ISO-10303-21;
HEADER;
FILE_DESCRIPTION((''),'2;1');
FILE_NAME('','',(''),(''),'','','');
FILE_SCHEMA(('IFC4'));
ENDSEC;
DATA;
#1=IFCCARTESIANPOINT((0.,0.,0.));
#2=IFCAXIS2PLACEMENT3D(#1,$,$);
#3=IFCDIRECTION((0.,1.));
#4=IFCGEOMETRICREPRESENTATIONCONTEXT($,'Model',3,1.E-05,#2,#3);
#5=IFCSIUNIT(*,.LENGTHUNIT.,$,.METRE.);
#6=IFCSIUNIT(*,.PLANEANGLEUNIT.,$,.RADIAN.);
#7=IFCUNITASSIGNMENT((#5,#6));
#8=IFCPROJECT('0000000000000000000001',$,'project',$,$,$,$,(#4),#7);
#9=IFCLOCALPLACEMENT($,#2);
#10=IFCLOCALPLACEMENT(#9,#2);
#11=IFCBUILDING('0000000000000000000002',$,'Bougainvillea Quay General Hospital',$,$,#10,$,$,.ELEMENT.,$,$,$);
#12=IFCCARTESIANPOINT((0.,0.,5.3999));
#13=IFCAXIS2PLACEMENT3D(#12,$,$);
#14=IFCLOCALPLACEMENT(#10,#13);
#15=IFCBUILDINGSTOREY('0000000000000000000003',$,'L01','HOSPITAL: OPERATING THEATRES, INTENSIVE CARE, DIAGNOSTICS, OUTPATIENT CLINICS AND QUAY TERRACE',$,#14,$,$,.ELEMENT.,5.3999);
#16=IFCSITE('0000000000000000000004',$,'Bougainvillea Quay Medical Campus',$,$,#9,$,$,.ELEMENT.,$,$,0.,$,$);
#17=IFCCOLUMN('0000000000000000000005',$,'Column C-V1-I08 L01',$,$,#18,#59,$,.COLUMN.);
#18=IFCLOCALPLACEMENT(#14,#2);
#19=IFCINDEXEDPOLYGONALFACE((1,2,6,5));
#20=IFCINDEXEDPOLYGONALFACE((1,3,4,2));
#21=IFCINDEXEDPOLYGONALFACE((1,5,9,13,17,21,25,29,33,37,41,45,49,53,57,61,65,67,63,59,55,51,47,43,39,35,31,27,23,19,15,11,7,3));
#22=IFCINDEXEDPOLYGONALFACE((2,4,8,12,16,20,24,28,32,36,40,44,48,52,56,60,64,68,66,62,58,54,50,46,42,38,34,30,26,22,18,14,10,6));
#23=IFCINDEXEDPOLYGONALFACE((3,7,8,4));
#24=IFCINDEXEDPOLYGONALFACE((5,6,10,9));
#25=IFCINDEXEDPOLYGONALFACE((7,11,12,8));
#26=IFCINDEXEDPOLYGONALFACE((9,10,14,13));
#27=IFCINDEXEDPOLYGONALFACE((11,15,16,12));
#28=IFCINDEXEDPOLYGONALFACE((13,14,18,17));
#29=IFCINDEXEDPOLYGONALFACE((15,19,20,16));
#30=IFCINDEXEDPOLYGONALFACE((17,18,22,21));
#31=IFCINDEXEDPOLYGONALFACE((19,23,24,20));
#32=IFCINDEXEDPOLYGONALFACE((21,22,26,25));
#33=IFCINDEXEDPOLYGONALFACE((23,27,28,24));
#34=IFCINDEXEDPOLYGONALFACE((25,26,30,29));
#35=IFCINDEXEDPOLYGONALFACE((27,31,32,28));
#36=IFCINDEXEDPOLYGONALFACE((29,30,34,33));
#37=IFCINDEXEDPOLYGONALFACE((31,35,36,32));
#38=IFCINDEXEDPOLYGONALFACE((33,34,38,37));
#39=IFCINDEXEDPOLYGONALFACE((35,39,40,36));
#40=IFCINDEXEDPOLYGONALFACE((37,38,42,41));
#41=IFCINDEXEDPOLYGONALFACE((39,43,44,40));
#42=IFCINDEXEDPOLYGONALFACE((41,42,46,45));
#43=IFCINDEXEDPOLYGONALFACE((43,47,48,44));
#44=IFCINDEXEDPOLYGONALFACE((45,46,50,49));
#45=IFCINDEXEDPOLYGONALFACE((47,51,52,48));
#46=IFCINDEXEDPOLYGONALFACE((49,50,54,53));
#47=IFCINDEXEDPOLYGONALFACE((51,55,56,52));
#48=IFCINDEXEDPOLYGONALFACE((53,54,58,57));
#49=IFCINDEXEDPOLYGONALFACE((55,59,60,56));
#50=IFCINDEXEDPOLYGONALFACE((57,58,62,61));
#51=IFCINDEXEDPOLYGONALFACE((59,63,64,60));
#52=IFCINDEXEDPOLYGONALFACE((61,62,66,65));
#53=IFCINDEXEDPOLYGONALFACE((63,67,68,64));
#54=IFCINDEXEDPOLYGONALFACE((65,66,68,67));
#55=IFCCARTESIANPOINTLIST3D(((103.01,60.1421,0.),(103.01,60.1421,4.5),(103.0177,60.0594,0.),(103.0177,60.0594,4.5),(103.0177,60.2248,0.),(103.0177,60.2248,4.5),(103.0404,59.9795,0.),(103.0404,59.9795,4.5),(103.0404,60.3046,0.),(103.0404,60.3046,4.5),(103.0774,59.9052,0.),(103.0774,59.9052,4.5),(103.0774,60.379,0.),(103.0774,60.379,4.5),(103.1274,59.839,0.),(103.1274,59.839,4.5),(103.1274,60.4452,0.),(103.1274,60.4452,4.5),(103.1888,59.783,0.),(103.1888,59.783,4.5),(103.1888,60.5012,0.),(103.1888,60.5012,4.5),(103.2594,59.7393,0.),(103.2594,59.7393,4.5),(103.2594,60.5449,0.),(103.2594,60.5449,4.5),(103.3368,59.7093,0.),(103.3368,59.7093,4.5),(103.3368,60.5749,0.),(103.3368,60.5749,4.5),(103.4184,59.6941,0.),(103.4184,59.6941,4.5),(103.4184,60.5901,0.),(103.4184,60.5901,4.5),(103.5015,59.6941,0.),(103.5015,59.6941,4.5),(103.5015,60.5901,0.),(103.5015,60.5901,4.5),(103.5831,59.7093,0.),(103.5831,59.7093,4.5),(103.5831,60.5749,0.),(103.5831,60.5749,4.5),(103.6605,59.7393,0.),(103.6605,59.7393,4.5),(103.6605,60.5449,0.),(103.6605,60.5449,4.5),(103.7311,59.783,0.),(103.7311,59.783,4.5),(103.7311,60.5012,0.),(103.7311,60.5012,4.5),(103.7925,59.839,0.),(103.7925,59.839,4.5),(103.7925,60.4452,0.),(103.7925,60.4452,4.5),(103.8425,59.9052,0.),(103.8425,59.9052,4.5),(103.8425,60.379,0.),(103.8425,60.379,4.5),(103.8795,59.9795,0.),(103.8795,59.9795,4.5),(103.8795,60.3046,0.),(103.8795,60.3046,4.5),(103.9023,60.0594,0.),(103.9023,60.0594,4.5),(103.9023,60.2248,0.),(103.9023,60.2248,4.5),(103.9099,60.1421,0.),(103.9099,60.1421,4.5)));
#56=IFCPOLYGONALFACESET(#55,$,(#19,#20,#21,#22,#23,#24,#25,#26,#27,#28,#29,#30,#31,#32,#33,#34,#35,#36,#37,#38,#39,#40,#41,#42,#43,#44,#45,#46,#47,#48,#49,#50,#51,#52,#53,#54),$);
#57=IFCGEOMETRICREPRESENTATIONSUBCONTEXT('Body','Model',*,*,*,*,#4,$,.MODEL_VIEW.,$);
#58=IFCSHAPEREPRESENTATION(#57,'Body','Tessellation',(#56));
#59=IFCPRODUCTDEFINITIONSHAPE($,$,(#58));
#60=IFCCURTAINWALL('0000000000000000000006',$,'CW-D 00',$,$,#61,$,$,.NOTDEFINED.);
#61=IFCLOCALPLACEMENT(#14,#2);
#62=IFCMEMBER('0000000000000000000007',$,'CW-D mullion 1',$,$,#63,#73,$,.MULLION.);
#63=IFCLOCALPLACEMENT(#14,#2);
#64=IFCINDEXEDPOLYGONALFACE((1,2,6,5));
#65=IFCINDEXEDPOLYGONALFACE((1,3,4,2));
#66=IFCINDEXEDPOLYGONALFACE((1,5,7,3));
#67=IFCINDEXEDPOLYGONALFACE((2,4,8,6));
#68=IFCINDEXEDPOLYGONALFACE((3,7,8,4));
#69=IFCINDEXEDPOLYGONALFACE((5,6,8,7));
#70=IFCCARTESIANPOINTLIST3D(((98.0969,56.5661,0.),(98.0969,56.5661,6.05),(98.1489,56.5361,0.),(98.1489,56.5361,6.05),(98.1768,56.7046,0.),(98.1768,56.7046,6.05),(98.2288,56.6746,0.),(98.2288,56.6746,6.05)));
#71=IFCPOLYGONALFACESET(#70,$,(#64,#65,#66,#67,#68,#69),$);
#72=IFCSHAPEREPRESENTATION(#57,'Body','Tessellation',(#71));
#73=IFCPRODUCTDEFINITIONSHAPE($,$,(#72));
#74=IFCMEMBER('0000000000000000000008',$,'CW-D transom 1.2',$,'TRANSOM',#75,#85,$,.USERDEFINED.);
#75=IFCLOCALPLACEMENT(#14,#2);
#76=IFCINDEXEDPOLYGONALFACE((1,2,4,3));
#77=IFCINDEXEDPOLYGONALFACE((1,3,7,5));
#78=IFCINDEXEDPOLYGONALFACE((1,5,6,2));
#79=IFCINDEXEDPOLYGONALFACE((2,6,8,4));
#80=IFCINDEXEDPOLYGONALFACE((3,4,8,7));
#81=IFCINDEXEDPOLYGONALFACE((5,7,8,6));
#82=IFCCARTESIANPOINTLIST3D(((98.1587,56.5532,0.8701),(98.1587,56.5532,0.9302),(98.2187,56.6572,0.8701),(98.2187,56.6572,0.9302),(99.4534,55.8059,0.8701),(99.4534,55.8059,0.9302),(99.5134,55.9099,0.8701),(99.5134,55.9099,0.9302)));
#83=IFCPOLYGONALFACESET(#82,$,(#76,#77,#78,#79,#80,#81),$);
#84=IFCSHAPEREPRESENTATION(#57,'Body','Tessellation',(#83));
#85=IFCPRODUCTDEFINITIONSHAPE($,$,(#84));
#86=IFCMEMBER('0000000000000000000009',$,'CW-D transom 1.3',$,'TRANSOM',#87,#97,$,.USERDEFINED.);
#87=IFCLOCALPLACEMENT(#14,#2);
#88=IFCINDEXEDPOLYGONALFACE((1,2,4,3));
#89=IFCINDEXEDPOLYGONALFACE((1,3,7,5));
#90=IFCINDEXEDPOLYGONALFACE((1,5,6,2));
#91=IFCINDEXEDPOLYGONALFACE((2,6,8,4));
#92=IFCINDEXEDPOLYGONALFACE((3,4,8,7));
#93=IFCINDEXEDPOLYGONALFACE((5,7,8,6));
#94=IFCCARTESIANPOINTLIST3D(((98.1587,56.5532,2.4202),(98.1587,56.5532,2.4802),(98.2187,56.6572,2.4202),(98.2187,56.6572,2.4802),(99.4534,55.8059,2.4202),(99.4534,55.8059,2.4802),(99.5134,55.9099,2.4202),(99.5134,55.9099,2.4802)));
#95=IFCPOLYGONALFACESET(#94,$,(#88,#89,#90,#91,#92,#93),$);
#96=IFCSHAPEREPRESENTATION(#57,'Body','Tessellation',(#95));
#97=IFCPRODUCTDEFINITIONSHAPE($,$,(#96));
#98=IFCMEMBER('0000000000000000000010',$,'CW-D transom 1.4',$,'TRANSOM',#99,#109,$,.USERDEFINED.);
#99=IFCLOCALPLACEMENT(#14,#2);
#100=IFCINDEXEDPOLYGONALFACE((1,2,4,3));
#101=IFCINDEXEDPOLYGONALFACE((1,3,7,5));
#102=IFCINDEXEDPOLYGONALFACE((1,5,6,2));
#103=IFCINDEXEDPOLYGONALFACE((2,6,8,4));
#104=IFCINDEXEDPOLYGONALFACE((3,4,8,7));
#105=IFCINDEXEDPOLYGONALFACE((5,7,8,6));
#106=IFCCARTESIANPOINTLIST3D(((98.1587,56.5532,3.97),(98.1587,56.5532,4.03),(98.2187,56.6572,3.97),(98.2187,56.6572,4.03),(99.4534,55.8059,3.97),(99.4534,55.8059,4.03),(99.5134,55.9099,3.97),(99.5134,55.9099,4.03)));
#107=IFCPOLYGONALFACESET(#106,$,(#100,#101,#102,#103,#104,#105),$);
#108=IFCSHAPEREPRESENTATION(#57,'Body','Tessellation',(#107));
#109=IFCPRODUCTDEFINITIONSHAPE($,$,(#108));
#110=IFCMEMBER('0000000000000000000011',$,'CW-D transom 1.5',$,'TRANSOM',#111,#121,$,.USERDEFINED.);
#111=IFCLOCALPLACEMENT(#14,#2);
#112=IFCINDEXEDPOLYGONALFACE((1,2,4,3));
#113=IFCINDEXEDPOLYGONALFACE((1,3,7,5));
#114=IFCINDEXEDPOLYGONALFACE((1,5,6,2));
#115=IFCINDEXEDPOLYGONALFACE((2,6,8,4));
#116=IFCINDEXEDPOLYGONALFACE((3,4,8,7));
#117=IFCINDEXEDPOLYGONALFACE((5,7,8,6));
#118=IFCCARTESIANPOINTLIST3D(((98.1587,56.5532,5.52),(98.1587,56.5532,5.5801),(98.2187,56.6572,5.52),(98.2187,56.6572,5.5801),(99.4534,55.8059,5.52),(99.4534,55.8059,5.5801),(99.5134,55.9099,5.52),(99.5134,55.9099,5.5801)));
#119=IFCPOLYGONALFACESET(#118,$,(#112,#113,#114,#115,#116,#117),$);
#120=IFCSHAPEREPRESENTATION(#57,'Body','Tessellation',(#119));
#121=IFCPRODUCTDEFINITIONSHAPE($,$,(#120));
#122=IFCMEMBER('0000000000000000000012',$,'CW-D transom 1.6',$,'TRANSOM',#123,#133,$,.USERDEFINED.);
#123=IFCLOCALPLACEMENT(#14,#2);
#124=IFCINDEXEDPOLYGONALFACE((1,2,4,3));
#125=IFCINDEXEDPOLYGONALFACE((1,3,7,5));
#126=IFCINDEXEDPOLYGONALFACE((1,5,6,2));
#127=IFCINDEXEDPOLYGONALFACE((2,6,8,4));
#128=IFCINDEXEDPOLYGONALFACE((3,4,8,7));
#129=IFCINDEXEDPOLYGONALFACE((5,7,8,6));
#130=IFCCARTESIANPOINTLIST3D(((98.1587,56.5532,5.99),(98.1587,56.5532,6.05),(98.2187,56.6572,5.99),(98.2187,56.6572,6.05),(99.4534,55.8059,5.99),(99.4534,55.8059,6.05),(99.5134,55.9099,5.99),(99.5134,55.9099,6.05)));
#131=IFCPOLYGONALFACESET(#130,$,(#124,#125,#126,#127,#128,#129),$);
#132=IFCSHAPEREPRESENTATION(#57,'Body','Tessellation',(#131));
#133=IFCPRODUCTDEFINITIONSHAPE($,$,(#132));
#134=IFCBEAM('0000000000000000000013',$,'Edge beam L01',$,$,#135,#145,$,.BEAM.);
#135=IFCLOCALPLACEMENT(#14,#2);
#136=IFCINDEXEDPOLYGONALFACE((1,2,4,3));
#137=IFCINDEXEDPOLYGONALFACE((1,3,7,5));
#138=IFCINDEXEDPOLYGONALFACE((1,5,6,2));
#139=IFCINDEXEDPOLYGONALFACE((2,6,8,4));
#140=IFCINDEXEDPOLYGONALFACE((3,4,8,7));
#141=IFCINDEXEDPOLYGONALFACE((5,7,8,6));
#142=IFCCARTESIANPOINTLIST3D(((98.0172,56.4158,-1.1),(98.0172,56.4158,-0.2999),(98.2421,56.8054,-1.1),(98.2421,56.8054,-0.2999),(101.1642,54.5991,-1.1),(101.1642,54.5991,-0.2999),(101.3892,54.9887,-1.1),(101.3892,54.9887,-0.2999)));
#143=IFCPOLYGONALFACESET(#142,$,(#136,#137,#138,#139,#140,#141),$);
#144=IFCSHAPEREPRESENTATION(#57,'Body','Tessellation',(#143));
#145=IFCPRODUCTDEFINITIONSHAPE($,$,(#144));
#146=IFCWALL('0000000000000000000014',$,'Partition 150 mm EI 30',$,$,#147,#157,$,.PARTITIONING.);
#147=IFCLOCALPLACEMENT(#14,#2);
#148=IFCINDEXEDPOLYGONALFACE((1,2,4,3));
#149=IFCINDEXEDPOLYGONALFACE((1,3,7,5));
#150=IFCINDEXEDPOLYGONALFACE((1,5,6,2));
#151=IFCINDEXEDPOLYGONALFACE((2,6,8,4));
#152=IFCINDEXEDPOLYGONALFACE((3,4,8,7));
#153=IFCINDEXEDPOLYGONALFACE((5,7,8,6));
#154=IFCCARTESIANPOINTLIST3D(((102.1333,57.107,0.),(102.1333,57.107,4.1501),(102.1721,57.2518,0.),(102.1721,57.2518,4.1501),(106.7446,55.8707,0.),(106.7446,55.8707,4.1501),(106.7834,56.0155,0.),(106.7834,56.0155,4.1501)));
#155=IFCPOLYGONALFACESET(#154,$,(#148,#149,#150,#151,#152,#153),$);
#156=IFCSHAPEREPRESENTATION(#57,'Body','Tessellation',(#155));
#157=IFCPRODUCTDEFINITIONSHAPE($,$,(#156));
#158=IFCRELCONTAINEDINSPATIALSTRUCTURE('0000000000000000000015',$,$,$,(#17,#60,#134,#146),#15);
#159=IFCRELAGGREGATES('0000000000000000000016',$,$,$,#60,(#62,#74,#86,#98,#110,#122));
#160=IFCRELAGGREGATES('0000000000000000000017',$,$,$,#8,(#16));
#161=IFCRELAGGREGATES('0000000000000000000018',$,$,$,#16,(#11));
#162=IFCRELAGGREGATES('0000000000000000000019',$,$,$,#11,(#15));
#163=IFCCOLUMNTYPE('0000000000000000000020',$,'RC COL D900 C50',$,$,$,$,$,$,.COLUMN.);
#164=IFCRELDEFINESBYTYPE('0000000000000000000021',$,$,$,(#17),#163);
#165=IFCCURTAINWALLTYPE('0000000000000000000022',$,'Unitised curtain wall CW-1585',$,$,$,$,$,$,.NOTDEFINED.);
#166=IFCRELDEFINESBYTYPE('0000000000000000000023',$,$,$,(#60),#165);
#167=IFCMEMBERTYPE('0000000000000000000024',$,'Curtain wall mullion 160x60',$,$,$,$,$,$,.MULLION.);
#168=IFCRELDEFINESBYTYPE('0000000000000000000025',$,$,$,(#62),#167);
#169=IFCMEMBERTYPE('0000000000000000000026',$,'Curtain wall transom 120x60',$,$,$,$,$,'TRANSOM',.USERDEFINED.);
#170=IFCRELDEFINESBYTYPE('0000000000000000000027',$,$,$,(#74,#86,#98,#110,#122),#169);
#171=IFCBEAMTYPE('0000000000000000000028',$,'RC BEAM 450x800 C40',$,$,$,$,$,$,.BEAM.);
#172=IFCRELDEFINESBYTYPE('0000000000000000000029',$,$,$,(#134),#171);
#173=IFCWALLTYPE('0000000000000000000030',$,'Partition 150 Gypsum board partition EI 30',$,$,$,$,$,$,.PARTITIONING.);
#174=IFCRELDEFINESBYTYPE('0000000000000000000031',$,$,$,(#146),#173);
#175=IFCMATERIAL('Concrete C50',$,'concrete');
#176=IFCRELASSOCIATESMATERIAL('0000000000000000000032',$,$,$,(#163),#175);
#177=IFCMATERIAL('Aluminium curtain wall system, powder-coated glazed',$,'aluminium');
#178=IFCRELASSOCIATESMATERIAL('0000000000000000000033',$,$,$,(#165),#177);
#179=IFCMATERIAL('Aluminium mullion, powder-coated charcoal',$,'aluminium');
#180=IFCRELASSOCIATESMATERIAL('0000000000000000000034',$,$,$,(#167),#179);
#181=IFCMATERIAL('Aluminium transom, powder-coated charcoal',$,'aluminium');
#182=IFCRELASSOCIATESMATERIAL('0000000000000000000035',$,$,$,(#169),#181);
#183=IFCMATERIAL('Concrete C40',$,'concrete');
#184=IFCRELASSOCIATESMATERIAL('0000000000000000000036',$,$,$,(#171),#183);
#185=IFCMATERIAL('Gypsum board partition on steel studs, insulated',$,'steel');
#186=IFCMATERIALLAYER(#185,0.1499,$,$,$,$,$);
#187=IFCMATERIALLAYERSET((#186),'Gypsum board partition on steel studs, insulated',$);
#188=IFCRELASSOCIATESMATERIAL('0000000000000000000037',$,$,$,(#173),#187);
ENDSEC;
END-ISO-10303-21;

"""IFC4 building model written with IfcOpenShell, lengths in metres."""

from ifc_helpers import new_model, si_unit, direction, frame, frame_2d, origin, origin_2d, place, context, subcontext, project, spatial, rectangle, circle, extrude, material, layer, layer_set, material_profile, profile_set, type_object, element, aggregate, save


model = new_model("IFC4")

# Units and contexts
model_context = context("Model", 3, precision=1e-05, world=origin(), true_north=direction((0.0, 1.0)))
body_context = subcontext(model_context, "Body", "Model", "MODEL_VIEW")
ifc_project = project(units=[si_unit("LENGTHUNIT", "METRE"), si_unit("PLANEANGLEUNIT", "RADIAN")], contexts=[model_context])

# Site, building, storey
site_placement = place(None, origin())
site = spatial("IfcSite", under=ifc_project, at=site_placement, Name="Bougainvillea Quay Medical Campus", CompositionType="ELEMENT", RefElevation=0.0)
building_placement = place(site_placement, origin())
building = spatial("IfcBuilding", under=site, at=building_placement, Name="Bougainvillea Quay General Hospital", CompositionType="ELEMENT")
storey_placement = place(building_placement, frame((0.0, 0.0, 5.3999)))
storey = spatial("IfcBuildingStorey", under=building, at=storey_placement, Name="L01", Description="HOSPITAL: OPERATING THEATRES, INTENSIVE CARE, DIAGNOSTICS, OUTPATIENT CLINICS AND QUAY TERRACE", CompositionType="ELEMENT", Elevation=5.3999)

# Column
ifc_material_1 = material(Name="Concrete C50", Category="concrete")
ifc_material_profile_1 = material_profile(ifc_material_1, circle(Radius=0.45, at=origin_2d()))
ifc_profile_set_1 = profile_set([ifc_material_profile_1], Name="Concrete C50")
column_type = type_object("IfcColumnType", Name="RC COL D900 C50", PredefinedType="COLUMN", material=ifc_profile_set_1)
column_placement = place(storey_placement, frame((103.46, 60.1421, 0.0), z_axis=(0.0, 0.0, 1.0), x_axis=(1.0, 0.0, 0.0)))
element("IfcColumn", 1, at=column_placement, inside=storey, type_object=column_type, Name="Column C-V1-I08 L01", PredefinedType="COLUMN", context=body_context, shape_type="SweptSolid", body=[
    extrude(circle(Radius=0.45, at=origin_2d()), origin(), (0.0, 0.0, 1.0), 4.5),
])

# Curtain wall, members
ifc_material_2 = material(Name="Aluminium curtain wall system, powder-coated glazed", Category="aluminium")
curtain_wall_type = type_object("IfcCurtainWallType", Name="Unitised curtain wall CW-1585", PredefinedType="NOTDEFINED", material=ifc_material_2)
curtain_wall_placement = place(storey_placement, origin())
curtain_wall = element("IfcCurtainWall", 2, at=curtain_wall_placement, inside=storey, type_object=curtain_wall_type, Name="CW-D 00", PredefinedType="NOTDEFINED")
ifc_material_3 = material(Name="Aluminium mullion, powder-coated charcoal", Category="aluminium")
ifc_material_profile_2 = material_profile(ifc_material_3, rectangle(XDim=0.1599, YDim=0.0601, at=origin_2d()))
ifc_profile_set_2 = profile_set([ifc_material_profile_2], Name="Aluminium mullion, powder-coated charcoal")
member_type_1 = type_object("IfcMemberType", Name="Curtain wall mullion 160x60", PredefinedType="MULLION", material=ifc_profile_set_2)
member_1_placement = place(storey_placement, frame((98.1628, 56.6204, 0.0), z_axis=(0.0, 0.0, 1.0), x_axis=(0.499965, 0.866046, 0.0)))
member_1 = element("IfcMember", 3, at=member_1_placement, type_object=member_type_1, Name="CW-D mullion 1", PredefinedType="MULLION", context=body_context, shape_type="SweptSolid", body=[
    extrude(rectangle(XDim=0.1599, YDim=0.0601, at=origin_2d()), origin(), (0.0, 0.0, 1.0), 6.05),
])
ifc_material_4 = material(Name="Aluminium transom, powder-coated charcoal", Category="aluminium")
ifc_material_profile_3 = material_profile(ifc_material_4, rectangle(XDim=0.1201, YDim=0.0601, at=origin_2d()))
ifc_profile_set_3 = profile_set([ifc_material_profile_3], Name="Aluminium transom, powder-coated charcoal")
member_type_2 = type_object("IfcMemberType", Name="Curtain wall transom 120x60", ElementType="TRANSOM", PredefinedType="USERDEFINED", material=ifc_profile_set_3)
member_2_placement = place(storey_placement, frame((98.1887, 56.6052, 0.9001), z_axis=(0.866074, -0.499916, 0.0), x_axis=(0.499916, 0.866074, 0.0)))
member_2 = element("IfcMember", 4, at=member_2_placement, type_object=member_type_2, Name="CW-D transom 1.2", ObjectType="TRANSOM", PredefinedType="USERDEFINED", context=body_context, shape_type="SweptSolid", body=[
    extrude(rectangle(XDim=0.1201, YDim=0.0601, at=origin_2d()), origin(), (0.0, 0.0, 1.0), 1.4949),
])
member_3_placement = place(storey_placement, frame((98.1887, 56.6052, 2.4502), z_axis=(0.866074, -0.499916, 0.0), x_axis=(0.499916, 0.866074, 0.0)))
member_3 = element("IfcMember", 5, at=member_3_placement, type_object=member_type_2, Name="CW-D transom 1.3", ObjectType="TRANSOM", PredefinedType="USERDEFINED", context=body_context, shape_type="SweptSolid", body=[
    extrude(rectangle(XDim=0.1201, YDim=0.0601, at=origin_2d()), origin(), (0.0, 0.0, 1.0), 1.4949),
])
member_4_placement = place(storey_placement, frame((98.1887, 56.6052, 4.0), z_axis=(0.866074, -0.499916, 0.0), x_axis=(0.499916, 0.866074, 0.0)))
member_4 = element("IfcMember", 6, at=member_4_placement, type_object=member_type_2, Name="CW-D transom 1.4", ObjectType="TRANSOM", PredefinedType="USERDEFINED", context=body_context, shape_type="SweptSolid", body=[
    extrude(rectangle(XDim=0.1201, YDim=0.0601, at=origin_2d()), origin(), (0.0, 0.0, 1.0), 1.4949),
])
member_5_placement = place(storey_placement, frame((98.1887, 56.6052, 5.55), z_axis=(0.866074, -0.499916, 0.0), x_axis=(0.499916, 0.866074, 0.0)))
member_5 = element("IfcMember", 7, at=member_5_placement, type_object=member_type_2, Name="CW-D transom 1.5", ObjectType="TRANSOM", PredefinedType="USERDEFINED", context=body_context, shape_type="SweptSolid", body=[
    extrude(rectangle(XDim=0.1201, YDim=0.0601, at=origin_2d()), origin(), (0.0, 0.0, 1.0), 1.4949),
])
member_6_placement = place(storey_placement, frame((98.1887, 56.6052, 6.02), z_axis=(0.866074, -0.499916, 0.0), x_axis=(0.499916, 0.866074, 0.0)))
member_6 = element("IfcMember", 8, at=member_6_placement, type_object=member_type_2, Name="CW-D transom 1.6", ObjectType="TRANSOM", PredefinedType="USERDEFINED", context=body_context, shape_type="SweptSolid", body=[
    extrude(rectangle(XDim=0.1201, YDim=0.0601, at=origin_2d()), origin(), (0.0, 0.0, 1.0), 1.4949),
])
aggregate(curtain_wall, [member_1, member_2, member_3, member_4, member_5, member_6])

# Beam
ifc_material_5 = material(Name="Concrete C40", Category="concrete")
ifc_material_profile_4 = material_profile(ifc_material_5, rectangle(XDim=0.45, YDim=0.8, at=origin_2d()))
ifc_profile_set_4 = profile_set([ifc_material_profile_4], Name="Concrete C40")
beam_type = type_object("IfcBeamType", Name="RC BEAM 450x800 C40", PredefinedType="BEAM", material=ifc_profile_set_4)
beam_placement = place(storey_placement, frame((98.1296, 56.6106, -0.7), z_axis=(0.866056, -0.499947, 0.0), x_axis=(0.499947, 0.866056, 0.0)))
element("IfcBeam", 9, at=beam_placement, inside=storey, type_object=beam_type, Name="Edge beam L01", PredefinedType="BEAM", context=body_context, shape_type="SweptSolid", body=[
    extrude(rectangle(XDim=0.45, YDim=0.8, at=origin_2d()), origin(), (0.0, 0.0, 1.0), 3.6338),
])

# Wall
ifc_material_6 = material(Name="Gypsum board partition on steel studs, insulated", Category="steel")
ifc_layer_1 = layer(ifc_material_6, 0.1499)
ifc_layer_set_1 = layer_set([ifc_layer_1], Name="Gypsum board partition on steel studs, insulated")
wall_type_1 = type_object("IfcWallType", Name="Partition 150 Gypsum board partition EI 30", PredefinedType="PARTITIONING", material=ifc_layer_set_1)
wall_1_placement = place(storey_placement, frame((102.1526, 57.1794, 0.0), z_axis=(0.0, 0.0, 1.0), x_axis=(0.965888, -0.258961, 0.0)))
element("IfcWall", 10, at=wall_1_placement, inside=storey, type_object=wall_type_1, Name="Partition 150 mm EI 30", PredefinedType="PARTITIONING", context=body_context, shape_type="SweptSolid", body=[
    extrude(rectangle(XDim=4.7742, YDim=0.1499, at=frame_2d((2.3872, 0.0))), origin(), (0.0, 0.0, 1.0), 4.1501),
])

save(model, "model.ifc")
